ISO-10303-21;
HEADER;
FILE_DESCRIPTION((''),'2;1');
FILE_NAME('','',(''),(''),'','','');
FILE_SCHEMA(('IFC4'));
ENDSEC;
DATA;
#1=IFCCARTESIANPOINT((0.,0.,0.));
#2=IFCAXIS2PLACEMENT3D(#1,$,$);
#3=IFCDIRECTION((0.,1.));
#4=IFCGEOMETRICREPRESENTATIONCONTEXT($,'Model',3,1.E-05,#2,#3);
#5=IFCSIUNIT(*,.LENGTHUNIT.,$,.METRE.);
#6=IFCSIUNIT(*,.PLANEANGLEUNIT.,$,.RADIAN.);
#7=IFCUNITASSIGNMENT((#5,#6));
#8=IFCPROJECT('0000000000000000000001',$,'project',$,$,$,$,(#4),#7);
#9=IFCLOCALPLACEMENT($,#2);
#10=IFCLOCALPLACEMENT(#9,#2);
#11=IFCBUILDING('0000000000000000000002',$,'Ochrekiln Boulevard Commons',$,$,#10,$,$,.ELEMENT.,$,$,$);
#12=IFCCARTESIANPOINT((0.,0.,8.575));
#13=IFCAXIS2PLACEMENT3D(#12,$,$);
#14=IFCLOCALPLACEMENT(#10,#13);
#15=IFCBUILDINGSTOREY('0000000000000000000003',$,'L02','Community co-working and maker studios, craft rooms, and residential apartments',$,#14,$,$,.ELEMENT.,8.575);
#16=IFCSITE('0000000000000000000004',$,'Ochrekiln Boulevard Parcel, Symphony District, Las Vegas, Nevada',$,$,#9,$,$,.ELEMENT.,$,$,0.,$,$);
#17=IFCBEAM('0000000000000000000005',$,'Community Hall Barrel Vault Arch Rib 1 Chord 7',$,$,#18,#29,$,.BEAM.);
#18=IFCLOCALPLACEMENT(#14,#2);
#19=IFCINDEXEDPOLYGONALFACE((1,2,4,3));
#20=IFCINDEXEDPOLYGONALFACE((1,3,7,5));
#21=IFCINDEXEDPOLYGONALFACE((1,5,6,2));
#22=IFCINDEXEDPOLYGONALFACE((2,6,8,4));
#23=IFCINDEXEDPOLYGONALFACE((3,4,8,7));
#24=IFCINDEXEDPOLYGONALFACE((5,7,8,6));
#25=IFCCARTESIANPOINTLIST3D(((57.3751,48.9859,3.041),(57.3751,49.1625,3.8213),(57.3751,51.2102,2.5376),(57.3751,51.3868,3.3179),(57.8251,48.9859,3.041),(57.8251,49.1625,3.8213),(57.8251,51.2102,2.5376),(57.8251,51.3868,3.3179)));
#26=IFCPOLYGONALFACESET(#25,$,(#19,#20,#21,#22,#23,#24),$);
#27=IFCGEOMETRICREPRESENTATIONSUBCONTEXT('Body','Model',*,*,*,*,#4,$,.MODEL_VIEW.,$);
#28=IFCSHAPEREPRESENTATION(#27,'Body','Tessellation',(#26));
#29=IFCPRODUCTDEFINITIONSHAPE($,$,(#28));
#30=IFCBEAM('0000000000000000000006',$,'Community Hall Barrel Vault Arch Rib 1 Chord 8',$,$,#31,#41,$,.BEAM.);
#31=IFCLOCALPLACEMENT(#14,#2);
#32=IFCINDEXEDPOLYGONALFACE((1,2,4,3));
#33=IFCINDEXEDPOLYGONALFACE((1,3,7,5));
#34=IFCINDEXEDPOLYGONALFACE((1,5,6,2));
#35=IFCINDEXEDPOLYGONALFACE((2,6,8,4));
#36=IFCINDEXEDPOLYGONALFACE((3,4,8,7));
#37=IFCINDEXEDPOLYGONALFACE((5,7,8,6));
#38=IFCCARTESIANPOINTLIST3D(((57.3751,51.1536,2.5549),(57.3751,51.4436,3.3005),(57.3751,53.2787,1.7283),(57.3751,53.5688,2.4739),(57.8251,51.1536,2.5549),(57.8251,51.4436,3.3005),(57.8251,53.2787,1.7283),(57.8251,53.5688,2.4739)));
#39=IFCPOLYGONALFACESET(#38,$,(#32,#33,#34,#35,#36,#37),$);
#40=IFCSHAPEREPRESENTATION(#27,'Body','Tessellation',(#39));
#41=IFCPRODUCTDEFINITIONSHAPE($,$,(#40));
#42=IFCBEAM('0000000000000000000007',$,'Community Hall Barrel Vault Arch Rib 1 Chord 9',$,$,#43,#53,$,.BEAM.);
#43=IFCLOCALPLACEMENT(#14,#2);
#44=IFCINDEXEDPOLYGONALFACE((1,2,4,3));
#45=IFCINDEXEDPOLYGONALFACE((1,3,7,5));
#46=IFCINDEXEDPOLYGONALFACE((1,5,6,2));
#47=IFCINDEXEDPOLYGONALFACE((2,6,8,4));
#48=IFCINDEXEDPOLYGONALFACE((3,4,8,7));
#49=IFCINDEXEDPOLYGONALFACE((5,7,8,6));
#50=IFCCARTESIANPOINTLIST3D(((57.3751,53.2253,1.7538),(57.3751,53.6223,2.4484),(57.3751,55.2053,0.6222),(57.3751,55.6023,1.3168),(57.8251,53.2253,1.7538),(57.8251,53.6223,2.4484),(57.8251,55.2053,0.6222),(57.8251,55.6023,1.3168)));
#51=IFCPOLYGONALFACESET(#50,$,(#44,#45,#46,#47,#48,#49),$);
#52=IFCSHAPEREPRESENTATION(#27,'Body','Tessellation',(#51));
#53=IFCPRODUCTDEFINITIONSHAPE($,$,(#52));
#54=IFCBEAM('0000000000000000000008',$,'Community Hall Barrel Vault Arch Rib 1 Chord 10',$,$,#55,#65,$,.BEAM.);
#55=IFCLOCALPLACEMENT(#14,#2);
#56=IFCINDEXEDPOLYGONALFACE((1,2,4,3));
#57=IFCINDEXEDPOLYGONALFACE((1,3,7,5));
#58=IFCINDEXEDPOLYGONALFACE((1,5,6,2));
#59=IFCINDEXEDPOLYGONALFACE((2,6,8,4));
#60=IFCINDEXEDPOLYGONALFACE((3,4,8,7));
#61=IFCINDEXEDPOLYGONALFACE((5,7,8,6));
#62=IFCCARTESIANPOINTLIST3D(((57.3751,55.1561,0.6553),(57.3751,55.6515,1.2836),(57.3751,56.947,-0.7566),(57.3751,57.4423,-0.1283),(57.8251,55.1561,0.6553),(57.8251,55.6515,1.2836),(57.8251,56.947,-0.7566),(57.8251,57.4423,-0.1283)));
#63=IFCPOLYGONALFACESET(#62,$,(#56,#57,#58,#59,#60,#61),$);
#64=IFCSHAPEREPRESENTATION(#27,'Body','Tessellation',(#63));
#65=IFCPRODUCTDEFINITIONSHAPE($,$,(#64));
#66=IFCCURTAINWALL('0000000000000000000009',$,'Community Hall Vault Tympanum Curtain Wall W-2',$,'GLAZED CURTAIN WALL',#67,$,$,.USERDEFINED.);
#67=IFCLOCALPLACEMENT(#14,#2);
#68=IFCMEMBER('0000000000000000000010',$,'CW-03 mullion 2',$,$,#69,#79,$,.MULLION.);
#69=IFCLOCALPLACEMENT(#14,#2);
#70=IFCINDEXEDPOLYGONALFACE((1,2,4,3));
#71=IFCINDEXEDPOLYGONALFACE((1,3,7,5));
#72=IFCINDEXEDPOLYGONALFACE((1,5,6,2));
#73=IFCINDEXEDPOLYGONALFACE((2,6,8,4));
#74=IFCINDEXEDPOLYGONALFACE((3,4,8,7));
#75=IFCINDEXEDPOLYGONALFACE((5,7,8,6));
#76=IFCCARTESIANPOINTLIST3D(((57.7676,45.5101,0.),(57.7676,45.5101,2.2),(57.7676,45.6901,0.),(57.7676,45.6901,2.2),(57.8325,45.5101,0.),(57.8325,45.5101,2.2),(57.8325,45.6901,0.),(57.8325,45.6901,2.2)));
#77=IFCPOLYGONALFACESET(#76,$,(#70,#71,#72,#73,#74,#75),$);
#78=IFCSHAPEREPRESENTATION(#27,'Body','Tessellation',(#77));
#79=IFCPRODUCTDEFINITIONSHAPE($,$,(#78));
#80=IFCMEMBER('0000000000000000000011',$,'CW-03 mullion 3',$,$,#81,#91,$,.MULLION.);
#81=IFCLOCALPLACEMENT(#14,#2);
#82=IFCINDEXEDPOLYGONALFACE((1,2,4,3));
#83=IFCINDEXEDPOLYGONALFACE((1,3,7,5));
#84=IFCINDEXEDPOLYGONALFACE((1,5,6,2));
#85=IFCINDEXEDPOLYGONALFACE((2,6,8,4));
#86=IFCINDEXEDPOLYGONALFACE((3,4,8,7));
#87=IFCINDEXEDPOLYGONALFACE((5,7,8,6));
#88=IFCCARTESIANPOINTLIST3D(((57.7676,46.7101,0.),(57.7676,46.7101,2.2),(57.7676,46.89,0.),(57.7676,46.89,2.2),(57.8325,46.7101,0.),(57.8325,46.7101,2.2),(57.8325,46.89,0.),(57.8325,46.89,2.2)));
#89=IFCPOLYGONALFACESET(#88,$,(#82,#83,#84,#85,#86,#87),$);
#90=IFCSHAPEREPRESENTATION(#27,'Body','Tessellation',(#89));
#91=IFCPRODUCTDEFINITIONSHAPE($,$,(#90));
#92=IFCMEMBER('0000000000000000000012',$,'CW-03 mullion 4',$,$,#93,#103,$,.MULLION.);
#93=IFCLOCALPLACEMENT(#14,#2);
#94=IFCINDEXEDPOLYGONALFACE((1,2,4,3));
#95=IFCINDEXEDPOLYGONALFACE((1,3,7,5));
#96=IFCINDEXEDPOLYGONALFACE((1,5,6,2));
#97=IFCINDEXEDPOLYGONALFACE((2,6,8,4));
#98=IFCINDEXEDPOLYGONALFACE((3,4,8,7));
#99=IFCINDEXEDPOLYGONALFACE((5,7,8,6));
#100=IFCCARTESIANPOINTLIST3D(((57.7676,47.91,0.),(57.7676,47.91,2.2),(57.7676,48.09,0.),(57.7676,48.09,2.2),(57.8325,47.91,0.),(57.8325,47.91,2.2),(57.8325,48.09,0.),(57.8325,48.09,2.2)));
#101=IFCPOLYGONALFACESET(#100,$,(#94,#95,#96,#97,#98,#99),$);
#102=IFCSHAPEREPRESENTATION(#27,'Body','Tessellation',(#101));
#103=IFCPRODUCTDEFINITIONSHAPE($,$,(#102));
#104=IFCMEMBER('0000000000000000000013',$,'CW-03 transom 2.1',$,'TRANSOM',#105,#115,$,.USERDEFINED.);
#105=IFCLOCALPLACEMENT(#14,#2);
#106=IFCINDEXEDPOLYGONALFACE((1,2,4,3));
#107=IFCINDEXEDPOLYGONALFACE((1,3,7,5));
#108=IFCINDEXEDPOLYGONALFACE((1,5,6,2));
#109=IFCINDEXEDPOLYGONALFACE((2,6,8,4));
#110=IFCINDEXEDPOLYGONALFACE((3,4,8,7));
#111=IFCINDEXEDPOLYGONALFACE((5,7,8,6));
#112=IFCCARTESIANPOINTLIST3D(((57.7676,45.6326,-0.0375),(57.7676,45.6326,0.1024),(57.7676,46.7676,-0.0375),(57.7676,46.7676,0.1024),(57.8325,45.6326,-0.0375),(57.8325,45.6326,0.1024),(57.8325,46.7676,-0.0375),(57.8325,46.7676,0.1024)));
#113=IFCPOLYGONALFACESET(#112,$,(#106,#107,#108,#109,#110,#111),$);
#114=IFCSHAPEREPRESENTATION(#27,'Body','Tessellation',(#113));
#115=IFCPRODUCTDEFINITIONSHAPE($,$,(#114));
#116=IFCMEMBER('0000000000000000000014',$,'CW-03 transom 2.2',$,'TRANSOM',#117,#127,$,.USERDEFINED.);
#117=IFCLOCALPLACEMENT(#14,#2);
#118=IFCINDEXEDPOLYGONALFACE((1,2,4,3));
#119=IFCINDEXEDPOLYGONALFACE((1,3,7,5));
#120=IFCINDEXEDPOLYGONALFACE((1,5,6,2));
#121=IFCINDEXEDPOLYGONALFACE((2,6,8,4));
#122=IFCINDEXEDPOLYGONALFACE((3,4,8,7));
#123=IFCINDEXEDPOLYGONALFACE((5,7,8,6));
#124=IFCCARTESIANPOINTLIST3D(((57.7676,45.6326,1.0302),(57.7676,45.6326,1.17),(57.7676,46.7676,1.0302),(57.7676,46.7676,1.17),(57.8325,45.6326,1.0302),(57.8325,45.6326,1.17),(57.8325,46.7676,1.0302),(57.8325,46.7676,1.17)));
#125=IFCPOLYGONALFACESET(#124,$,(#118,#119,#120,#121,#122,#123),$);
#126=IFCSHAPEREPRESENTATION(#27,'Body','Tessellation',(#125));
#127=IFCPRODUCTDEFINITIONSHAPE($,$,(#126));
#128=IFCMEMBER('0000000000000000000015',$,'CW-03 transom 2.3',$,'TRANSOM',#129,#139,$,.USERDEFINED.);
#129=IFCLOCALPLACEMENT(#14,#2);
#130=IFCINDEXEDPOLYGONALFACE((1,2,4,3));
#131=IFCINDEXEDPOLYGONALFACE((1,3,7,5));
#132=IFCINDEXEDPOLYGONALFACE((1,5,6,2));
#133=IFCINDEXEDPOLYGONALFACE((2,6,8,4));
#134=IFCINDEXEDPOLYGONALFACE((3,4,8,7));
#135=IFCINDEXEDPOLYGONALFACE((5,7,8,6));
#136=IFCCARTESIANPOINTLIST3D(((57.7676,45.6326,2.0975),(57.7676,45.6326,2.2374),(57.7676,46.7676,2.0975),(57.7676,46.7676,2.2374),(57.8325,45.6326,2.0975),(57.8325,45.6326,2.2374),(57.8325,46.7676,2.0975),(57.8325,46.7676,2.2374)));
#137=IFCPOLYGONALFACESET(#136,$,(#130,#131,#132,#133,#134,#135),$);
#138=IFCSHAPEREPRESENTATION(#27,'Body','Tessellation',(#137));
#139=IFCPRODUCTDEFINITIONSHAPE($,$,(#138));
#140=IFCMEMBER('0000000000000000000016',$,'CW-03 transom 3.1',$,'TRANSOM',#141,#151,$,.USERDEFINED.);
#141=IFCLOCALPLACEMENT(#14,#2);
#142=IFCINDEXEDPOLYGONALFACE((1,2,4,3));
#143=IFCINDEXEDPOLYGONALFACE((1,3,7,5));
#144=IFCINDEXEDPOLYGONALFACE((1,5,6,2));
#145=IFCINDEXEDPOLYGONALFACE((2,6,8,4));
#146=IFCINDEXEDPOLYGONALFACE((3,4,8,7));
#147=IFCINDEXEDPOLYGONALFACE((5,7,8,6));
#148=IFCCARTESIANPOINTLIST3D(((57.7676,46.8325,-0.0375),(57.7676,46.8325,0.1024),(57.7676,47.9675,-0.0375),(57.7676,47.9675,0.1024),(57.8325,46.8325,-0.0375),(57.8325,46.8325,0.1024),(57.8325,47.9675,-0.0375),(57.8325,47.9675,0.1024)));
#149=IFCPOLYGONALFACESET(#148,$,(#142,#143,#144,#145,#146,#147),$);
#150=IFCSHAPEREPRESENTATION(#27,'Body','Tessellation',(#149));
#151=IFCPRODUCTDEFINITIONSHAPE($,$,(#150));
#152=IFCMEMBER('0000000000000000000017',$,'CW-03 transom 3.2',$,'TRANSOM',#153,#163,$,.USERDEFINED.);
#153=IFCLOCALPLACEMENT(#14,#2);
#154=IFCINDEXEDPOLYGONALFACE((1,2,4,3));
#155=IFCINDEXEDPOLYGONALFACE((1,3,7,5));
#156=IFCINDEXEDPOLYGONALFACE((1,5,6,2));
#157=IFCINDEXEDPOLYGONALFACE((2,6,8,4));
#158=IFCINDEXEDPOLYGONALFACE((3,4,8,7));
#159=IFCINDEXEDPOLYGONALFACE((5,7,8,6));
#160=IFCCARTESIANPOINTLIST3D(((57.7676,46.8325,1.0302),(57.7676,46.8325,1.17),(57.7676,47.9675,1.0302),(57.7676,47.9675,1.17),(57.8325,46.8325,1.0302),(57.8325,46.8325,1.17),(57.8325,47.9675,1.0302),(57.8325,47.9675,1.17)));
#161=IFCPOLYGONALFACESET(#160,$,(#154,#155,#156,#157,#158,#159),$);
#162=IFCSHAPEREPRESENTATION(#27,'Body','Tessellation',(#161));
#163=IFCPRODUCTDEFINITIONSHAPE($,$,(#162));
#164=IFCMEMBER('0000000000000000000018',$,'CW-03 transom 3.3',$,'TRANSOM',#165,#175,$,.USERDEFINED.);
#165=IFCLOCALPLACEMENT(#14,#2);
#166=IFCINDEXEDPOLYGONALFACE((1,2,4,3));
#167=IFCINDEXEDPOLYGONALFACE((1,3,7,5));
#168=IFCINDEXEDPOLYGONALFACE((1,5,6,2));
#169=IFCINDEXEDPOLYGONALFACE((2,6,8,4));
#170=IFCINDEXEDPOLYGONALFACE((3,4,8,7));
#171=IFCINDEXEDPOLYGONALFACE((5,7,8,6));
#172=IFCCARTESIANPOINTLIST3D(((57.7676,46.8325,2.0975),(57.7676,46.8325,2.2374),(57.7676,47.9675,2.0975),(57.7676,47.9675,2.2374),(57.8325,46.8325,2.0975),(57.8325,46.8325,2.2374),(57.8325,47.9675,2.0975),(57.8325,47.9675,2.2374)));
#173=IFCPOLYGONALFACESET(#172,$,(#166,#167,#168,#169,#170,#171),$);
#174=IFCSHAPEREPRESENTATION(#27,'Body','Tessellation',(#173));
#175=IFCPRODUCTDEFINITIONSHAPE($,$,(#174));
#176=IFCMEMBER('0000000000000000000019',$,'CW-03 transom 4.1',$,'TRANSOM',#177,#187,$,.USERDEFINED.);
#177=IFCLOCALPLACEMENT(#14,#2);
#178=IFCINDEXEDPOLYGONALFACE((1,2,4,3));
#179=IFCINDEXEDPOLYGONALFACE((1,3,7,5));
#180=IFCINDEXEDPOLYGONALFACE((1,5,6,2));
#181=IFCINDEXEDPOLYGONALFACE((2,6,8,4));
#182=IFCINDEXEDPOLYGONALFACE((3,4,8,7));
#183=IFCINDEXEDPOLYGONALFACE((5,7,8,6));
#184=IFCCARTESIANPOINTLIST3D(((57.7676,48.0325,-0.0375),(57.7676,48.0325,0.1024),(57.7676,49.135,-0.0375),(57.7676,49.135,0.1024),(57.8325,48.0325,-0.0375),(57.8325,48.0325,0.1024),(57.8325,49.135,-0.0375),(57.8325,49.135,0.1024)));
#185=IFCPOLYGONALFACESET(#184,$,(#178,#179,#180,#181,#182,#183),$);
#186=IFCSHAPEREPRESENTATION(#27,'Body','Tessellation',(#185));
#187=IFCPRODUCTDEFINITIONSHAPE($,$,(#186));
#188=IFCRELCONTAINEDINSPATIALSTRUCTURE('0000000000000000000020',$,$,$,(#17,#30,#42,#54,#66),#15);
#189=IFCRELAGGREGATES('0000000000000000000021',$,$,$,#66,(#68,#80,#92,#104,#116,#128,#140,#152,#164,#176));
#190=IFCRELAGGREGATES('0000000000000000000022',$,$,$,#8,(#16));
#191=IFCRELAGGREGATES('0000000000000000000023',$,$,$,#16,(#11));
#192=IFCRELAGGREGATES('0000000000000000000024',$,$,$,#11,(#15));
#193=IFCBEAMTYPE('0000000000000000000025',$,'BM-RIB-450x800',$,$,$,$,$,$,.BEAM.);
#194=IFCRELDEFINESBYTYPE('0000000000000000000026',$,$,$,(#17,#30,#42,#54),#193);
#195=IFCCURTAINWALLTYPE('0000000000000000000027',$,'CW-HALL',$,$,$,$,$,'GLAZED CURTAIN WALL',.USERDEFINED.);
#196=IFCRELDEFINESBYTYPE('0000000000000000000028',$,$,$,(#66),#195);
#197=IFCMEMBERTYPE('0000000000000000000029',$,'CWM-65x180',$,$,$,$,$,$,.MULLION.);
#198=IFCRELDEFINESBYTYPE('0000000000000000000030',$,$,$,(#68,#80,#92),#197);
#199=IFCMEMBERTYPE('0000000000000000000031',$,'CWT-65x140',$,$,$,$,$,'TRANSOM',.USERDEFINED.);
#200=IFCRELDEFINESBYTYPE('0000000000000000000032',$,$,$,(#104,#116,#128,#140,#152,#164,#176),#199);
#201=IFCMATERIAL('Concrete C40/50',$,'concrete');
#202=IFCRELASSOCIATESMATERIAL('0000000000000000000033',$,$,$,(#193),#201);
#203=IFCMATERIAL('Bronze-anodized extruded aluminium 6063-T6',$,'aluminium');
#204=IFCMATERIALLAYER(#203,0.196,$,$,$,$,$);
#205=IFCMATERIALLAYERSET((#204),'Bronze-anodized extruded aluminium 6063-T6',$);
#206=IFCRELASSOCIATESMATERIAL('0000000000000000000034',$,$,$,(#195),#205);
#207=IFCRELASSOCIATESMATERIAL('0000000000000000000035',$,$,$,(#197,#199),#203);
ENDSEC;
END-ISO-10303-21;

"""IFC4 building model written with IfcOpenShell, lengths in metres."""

from ifc_helpers import new_model, si_unit, direction, frame, origin, origin_2d, place, context, subcontext, project, spatial, rectangle, extrude, material, layer, layer_set, material_profile, profile_set, type_object, element, aggregate, save


model = new_model("IFC4")

# Units and contexts
model_context = context("Model", 3, precision=1e-05, world=origin(), true_north=direction((0.0, 1.0)))
body_context = subcontext(model_context, "Body", "Model", "MODEL_VIEW")
ifc_project = project(units=[si_unit("LENGTHUNIT", "METRE"), si_unit("PLANEANGLEUNIT", "RADIAN")], contexts=[model_context])

# Site, building, storey
site_placement = place(None, origin())
site = spatial("IfcSite", under=ifc_project, at=site_placement, Name="Ochrekiln Boulevard Parcel, Symphony District, Las Vegas, Nevada", CompositionType="ELEMENT", RefElevation=0.0)
building_placement = place(site_placement, origin())
building = spatial("IfcBuilding", under=site, at=building_placement, Name="Ochrekiln Boulevard Commons", CompositionType="ELEMENT")
storey_placement = place(building_placement, frame((0.0, 0.0, 8.575)))
storey = spatial("IfcBuildingStorey", under=building, at=storey_placement, Name="L02", Description="Community co-working and maker studios, craft rooms, and residential apartments", CompositionType="ELEMENT", Elevation=8.575)

# Beams
ifc_material_1 = material(Name="Concrete C40/50", Category="concrete")
ifc_material_profile_1 = material_profile(ifc_material_1, rectangle(XDim=0.45, YDim=0.8, at=origin_2d()), Name="RC-RIB-450x800")
ifc_profile_set_1 = profile_set([ifc_material_profile_1], Name="Concrete C40/50")
beam_type = type_object("IfcBeamType", Name="BM-RIB-450x800", PredefinedType="BEAM", material=ifc_profile_set_1)
beam_1_placement = place(storey_placement, frame((57.6001, 49.0742, 3.4312), z_axis=(0.0, 0.975333, -0.220737), x_axis=(-1.0, 0.0, 0.0)))
element("IfcBeam", 1, at=beam_1_placement, inside=storey, type_object=beam_type, Name="Community Hall Barrel Vault Arch Rib 1 Chord 7", PredefinedType="BEAM", context=body_context, shape_type="SweptSolid", body=[
    extrude(rectangle(XDim=0.45, YDim=0.8, at=origin_2d()), origin(), (0.0, 0.0, 1.0), 2.2805),
])
beam_2_placement = place(storey_placement, frame((57.6001, 51.2986, 2.9277), z_axis=(0.0, 0.931979, -0.362513), x_axis=(-1.0, 0.0, 0.0)))
element("IfcBeam", 2, at=beam_2_placement, inside=storey, type_object=beam_type, Name="Community Hall Barrel Vault Arch Rib 1 Chord 8", PredefinedType="BEAM", context=body_context, shape_type="SweptSolid", body=[
    extrude(rectangle(XDim=0.45, YDim=0.8, at=origin_2d()), origin(), (0.0, 0.0, 1.0), 2.2803),
])
for number, where, z_axis, x_axis, name in (
    (3, (57.6001, 53.4238, 2.1011), (0.0, 0.86821, -0.496197), (-1.0, 0.0, 0.0), "Community Hall Barrel Vault Arch Rib 1 Chord 9"),
    (4, (57.6001, 55.4038, 0.9695), (0.0, 0.785288, -0.61913), (-1.0, 0.0, 0.0), "Community Hall Barrel Vault Arch Rib 1 Chord 10"),
):
    element("IfcBeam", number, at=place(storey_placement, frame(where, z_axis=z_axis, x_axis=x_axis)), inside=storey, type_object=beam_type, Name=name, PredefinedType="BEAM", context=body_context, shape_type="SweptSolid", body=[
        extrude(rectangle(XDim=0.45, YDim=0.8, at=origin_2d()), origin(), (0.0, 0.0, 1.0), 2.2805),
    ])

# Curtain wall, members
ifc_material_2 = material(Name="Bronze-anodized extruded aluminium 6063-T6", Category="aluminium")
ifc_layer_1 = layer(ifc_material_2, 0.196)
ifc_layer_set_1 = layer_set([ifc_layer_1], Name="Bronze-anodized extruded aluminium 6063-T6")
curtain_wall_type = type_object("IfcCurtainWallType", Name="CW-HALL", ElementType="GLAZED CURTAIN WALL", PredefinedType="USERDEFINED", material=ifc_layer_set_1)
curtain_wall_placement = place(storey_placement, origin())
curtain_wall = element("IfcCurtainWall", 5, at=curtain_wall_placement, inside=storey, type_object=curtain_wall_type, Name="Community Hall Vault Tympanum Curtain Wall W-2", ObjectType="GLAZED CURTAIN WALL", PredefinedType="USERDEFINED")
ifc_material_profile_2 = material_profile(ifc_material_2, rectangle(XDim=0.0649, YDim=0.1799, at=origin_2d()), Name="ALU-MUL-65x180")
ifc_profile_set_2 = profile_set([ifc_material_profile_2], Name="Bronze-anodized extruded aluminium 6063-T6")
member_type_1 = type_object("IfcMemberType", Name="CWM-65x180", PredefinedType="MULLION", material=ifc_profile_set_2)
member_1_placement = place(storey_placement, frame((57.8, 45.6001, 0.0), z_axis=(0.0, 0.0, 1.0), x_axis=(-1.0, 0.0, 0.0)))
member_1 = element("IfcMember", 6, at=member_1_placement, type_object=member_type_1, Name="CW-03 mullion 2", PredefinedType="MULLION", context=body_context, shape_type="SweptSolid", body=[
    extrude(rectangle(XDim=0.0649, YDim=0.1799, at=origin_2d()), origin(), (0.0, 0.0, 1.0), 2.2),
])
member_2_placement = place(storey_placement, frame((57.8, 46.8, 0.0), z_axis=(0.0, 0.0, 1.0), x_axis=(-1.0, 0.0, 0.0)))
member_2 = element("IfcMember", 7, at=member_2_placement, type_object=member_type_1, Name="CW-03 mullion 3", PredefinedType="MULLION", context=body_context, shape_type="SweptSolid", body=[
    extrude(rectangle(XDim=0.0649, YDim=0.1799, at=origin_2d()), origin(), (0.0, 0.0, 1.0), 2.2),
])
member_3_placement = place(storey_placement, frame((57.8, 48.0, 0.0), z_axis=(0.0, 0.0, 1.0), x_axis=(-1.0, 0.0, 0.0)))
member_3 = element("IfcMember", 8, at=member_3_placement, type_object=member_type_1, Name="CW-03 mullion 4", PredefinedType="MULLION", context=body_context, shape_type="SweptSolid", body=[
    extrude(rectangle(XDim=0.0649, YDim=0.1799, at=origin_2d()), origin(), (0.0, 0.0, 1.0), 2.2),
])
ifc_material_profile_3 = material_profile(ifc_material_2, rectangle(XDim=0.0649, YDim=0.1399, at=origin_2d()), Name="ALU-TRN-65x140")
ifc_profile_set_3 = profile_set([ifc_material_profile_3], Name="Bronze-anodized extruded aluminium 6063-T6")
member_type_2 = type_object("IfcMemberType", Name="CWT-65x140", ElementType="TRANSOM", PredefinedType="USERDEFINED", material=ifc_profile_set_3)
member_4_placement = place(storey_placement, frame((57.8, 45.6326, 0.0325), z_axis=(0.0, 1.0, 0.0), x_axis=(-1.0, 0.0, 0.0)))
member_4 = element("IfcMember", 9, at=member_4_placement, type_object=member_type_2, Name="CW-03 transom 2.1", ObjectType="TRANSOM", PredefinedType="USERDEFINED", context=body_context, shape_type="SweptSolid", body=[
    extrude(rectangle(XDim=0.0649, YDim=0.1399, at=origin_2d()), origin(), (0.0, 0.0, 1.0), 1.135),
])
member_5_placement = place(storey_placement, frame((57.8, 45.6326, 1.1001), z_axis=(0.0, 1.0, 0.0), x_axis=(-1.0, 0.0, 0.0)))
member_5 = element("IfcMember", 10, at=member_5_placement, type_object=member_type_2, Name="CW-03 transom 2.2", ObjectType="TRANSOM", PredefinedType="USERDEFINED", context=body_context, shape_type="SweptSolid", body=[
    extrude(rectangle(XDim=0.0649, YDim=0.1399, at=origin_2d()), origin(), (0.0, 0.0, 1.0), 1.135),
])
member_6_placement = place(storey_placement, frame((57.8, 45.6326, 2.1675), z_axis=(0.0, 1.0, 0.0), x_axis=(-1.0, 0.0, 0.0)))
member_6 = element("IfcMember", 11, at=member_6_placement, type_object=member_type_2, Name="CW-03 transom 2.3", ObjectType="TRANSOM", PredefinedType="USERDEFINED", context=body_context, shape_type="SweptSolid", body=[
    extrude(rectangle(XDim=0.0649, YDim=0.1399, at=origin_2d()), origin(), (0.0, 0.0, 1.0), 1.135),
])
member_7_placement = place(storey_placement, frame((57.8, 46.8325, 0.0325), z_axis=(0.0, 1.0, 0.0), x_axis=(-1.0, 0.0, 0.0)))
member_7 = element("IfcMember", 12, at=member_7_placement, type_object=member_type_2, Name="CW-03 transom 3.1", ObjectType="TRANSOM", PredefinedType="USERDEFINED", context=body_context, shape_type="SweptSolid", body=[
    extrude(rectangle(XDim=0.0649, YDim=0.1399, at=origin_2d()), origin(), (0.0, 0.0, 1.0), 1.135),
])
member_8_placement = place(storey_placement, frame((57.8, 46.8325, 1.1001), z_axis=(0.0, 1.0, 0.0), x_axis=(-1.0, 0.0, 0.0)))
member_8 = element("IfcMember", 13, at=member_8_placement, type_object=member_type_2, Name="CW-03 transom 3.2", ObjectType="TRANSOM", PredefinedType="USERDEFINED", context=body_context, shape_type="SweptSolid", body=[
    extrude(rectangle(XDim=0.0649, YDim=0.1399, at=origin_2d()), origin(), (0.0, 0.0, 1.0), 1.135),
])
member_9_placement = place(storey_placement, frame((57.8, 46.8325, 2.1675), z_axis=(0.0, 1.0, 0.0), x_axis=(-1.0, 0.0, 0.0)))
member_9 = element("IfcMember", 14, at=member_9_placement, type_object=member_type_2, Name="CW-03 transom 3.3", ObjectType="TRANSOM", PredefinedType="USERDEFINED", context=body_context, shape_type="SweptSolid", body=[
    extrude(rectangle(XDim=0.0649, YDim=0.1399, at=origin_2d()), origin(), (0.0, 0.0, 1.0), 1.135),
])
member_10_placement = place(storey_placement, frame((57.8, 48.0325, 0.0325), z_axis=(0.0, 1.0, 0.0), x_axis=(-1.0, 0.0, 0.0)))
member_10 = element("IfcMember", 15, at=member_10_placement, type_object=member_type_2, Name="CW-03 transom 4.1", ObjectType="TRANSOM", PredefinedType="USERDEFINED", context=body_context, shape_type="SweptSolid", body=[
    extrude(rectangle(XDim=0.0649, YDim=0.1399, at=origin_2d()), origin(), (0.0, 0.0, 1.0), 1.1025),
])
aggregate(curtain_wall, [member_1, member_2, member_3, member_4, member_5, member_6, member_7, member_8, member_9, member_10])

save(model, "model.ifc")
